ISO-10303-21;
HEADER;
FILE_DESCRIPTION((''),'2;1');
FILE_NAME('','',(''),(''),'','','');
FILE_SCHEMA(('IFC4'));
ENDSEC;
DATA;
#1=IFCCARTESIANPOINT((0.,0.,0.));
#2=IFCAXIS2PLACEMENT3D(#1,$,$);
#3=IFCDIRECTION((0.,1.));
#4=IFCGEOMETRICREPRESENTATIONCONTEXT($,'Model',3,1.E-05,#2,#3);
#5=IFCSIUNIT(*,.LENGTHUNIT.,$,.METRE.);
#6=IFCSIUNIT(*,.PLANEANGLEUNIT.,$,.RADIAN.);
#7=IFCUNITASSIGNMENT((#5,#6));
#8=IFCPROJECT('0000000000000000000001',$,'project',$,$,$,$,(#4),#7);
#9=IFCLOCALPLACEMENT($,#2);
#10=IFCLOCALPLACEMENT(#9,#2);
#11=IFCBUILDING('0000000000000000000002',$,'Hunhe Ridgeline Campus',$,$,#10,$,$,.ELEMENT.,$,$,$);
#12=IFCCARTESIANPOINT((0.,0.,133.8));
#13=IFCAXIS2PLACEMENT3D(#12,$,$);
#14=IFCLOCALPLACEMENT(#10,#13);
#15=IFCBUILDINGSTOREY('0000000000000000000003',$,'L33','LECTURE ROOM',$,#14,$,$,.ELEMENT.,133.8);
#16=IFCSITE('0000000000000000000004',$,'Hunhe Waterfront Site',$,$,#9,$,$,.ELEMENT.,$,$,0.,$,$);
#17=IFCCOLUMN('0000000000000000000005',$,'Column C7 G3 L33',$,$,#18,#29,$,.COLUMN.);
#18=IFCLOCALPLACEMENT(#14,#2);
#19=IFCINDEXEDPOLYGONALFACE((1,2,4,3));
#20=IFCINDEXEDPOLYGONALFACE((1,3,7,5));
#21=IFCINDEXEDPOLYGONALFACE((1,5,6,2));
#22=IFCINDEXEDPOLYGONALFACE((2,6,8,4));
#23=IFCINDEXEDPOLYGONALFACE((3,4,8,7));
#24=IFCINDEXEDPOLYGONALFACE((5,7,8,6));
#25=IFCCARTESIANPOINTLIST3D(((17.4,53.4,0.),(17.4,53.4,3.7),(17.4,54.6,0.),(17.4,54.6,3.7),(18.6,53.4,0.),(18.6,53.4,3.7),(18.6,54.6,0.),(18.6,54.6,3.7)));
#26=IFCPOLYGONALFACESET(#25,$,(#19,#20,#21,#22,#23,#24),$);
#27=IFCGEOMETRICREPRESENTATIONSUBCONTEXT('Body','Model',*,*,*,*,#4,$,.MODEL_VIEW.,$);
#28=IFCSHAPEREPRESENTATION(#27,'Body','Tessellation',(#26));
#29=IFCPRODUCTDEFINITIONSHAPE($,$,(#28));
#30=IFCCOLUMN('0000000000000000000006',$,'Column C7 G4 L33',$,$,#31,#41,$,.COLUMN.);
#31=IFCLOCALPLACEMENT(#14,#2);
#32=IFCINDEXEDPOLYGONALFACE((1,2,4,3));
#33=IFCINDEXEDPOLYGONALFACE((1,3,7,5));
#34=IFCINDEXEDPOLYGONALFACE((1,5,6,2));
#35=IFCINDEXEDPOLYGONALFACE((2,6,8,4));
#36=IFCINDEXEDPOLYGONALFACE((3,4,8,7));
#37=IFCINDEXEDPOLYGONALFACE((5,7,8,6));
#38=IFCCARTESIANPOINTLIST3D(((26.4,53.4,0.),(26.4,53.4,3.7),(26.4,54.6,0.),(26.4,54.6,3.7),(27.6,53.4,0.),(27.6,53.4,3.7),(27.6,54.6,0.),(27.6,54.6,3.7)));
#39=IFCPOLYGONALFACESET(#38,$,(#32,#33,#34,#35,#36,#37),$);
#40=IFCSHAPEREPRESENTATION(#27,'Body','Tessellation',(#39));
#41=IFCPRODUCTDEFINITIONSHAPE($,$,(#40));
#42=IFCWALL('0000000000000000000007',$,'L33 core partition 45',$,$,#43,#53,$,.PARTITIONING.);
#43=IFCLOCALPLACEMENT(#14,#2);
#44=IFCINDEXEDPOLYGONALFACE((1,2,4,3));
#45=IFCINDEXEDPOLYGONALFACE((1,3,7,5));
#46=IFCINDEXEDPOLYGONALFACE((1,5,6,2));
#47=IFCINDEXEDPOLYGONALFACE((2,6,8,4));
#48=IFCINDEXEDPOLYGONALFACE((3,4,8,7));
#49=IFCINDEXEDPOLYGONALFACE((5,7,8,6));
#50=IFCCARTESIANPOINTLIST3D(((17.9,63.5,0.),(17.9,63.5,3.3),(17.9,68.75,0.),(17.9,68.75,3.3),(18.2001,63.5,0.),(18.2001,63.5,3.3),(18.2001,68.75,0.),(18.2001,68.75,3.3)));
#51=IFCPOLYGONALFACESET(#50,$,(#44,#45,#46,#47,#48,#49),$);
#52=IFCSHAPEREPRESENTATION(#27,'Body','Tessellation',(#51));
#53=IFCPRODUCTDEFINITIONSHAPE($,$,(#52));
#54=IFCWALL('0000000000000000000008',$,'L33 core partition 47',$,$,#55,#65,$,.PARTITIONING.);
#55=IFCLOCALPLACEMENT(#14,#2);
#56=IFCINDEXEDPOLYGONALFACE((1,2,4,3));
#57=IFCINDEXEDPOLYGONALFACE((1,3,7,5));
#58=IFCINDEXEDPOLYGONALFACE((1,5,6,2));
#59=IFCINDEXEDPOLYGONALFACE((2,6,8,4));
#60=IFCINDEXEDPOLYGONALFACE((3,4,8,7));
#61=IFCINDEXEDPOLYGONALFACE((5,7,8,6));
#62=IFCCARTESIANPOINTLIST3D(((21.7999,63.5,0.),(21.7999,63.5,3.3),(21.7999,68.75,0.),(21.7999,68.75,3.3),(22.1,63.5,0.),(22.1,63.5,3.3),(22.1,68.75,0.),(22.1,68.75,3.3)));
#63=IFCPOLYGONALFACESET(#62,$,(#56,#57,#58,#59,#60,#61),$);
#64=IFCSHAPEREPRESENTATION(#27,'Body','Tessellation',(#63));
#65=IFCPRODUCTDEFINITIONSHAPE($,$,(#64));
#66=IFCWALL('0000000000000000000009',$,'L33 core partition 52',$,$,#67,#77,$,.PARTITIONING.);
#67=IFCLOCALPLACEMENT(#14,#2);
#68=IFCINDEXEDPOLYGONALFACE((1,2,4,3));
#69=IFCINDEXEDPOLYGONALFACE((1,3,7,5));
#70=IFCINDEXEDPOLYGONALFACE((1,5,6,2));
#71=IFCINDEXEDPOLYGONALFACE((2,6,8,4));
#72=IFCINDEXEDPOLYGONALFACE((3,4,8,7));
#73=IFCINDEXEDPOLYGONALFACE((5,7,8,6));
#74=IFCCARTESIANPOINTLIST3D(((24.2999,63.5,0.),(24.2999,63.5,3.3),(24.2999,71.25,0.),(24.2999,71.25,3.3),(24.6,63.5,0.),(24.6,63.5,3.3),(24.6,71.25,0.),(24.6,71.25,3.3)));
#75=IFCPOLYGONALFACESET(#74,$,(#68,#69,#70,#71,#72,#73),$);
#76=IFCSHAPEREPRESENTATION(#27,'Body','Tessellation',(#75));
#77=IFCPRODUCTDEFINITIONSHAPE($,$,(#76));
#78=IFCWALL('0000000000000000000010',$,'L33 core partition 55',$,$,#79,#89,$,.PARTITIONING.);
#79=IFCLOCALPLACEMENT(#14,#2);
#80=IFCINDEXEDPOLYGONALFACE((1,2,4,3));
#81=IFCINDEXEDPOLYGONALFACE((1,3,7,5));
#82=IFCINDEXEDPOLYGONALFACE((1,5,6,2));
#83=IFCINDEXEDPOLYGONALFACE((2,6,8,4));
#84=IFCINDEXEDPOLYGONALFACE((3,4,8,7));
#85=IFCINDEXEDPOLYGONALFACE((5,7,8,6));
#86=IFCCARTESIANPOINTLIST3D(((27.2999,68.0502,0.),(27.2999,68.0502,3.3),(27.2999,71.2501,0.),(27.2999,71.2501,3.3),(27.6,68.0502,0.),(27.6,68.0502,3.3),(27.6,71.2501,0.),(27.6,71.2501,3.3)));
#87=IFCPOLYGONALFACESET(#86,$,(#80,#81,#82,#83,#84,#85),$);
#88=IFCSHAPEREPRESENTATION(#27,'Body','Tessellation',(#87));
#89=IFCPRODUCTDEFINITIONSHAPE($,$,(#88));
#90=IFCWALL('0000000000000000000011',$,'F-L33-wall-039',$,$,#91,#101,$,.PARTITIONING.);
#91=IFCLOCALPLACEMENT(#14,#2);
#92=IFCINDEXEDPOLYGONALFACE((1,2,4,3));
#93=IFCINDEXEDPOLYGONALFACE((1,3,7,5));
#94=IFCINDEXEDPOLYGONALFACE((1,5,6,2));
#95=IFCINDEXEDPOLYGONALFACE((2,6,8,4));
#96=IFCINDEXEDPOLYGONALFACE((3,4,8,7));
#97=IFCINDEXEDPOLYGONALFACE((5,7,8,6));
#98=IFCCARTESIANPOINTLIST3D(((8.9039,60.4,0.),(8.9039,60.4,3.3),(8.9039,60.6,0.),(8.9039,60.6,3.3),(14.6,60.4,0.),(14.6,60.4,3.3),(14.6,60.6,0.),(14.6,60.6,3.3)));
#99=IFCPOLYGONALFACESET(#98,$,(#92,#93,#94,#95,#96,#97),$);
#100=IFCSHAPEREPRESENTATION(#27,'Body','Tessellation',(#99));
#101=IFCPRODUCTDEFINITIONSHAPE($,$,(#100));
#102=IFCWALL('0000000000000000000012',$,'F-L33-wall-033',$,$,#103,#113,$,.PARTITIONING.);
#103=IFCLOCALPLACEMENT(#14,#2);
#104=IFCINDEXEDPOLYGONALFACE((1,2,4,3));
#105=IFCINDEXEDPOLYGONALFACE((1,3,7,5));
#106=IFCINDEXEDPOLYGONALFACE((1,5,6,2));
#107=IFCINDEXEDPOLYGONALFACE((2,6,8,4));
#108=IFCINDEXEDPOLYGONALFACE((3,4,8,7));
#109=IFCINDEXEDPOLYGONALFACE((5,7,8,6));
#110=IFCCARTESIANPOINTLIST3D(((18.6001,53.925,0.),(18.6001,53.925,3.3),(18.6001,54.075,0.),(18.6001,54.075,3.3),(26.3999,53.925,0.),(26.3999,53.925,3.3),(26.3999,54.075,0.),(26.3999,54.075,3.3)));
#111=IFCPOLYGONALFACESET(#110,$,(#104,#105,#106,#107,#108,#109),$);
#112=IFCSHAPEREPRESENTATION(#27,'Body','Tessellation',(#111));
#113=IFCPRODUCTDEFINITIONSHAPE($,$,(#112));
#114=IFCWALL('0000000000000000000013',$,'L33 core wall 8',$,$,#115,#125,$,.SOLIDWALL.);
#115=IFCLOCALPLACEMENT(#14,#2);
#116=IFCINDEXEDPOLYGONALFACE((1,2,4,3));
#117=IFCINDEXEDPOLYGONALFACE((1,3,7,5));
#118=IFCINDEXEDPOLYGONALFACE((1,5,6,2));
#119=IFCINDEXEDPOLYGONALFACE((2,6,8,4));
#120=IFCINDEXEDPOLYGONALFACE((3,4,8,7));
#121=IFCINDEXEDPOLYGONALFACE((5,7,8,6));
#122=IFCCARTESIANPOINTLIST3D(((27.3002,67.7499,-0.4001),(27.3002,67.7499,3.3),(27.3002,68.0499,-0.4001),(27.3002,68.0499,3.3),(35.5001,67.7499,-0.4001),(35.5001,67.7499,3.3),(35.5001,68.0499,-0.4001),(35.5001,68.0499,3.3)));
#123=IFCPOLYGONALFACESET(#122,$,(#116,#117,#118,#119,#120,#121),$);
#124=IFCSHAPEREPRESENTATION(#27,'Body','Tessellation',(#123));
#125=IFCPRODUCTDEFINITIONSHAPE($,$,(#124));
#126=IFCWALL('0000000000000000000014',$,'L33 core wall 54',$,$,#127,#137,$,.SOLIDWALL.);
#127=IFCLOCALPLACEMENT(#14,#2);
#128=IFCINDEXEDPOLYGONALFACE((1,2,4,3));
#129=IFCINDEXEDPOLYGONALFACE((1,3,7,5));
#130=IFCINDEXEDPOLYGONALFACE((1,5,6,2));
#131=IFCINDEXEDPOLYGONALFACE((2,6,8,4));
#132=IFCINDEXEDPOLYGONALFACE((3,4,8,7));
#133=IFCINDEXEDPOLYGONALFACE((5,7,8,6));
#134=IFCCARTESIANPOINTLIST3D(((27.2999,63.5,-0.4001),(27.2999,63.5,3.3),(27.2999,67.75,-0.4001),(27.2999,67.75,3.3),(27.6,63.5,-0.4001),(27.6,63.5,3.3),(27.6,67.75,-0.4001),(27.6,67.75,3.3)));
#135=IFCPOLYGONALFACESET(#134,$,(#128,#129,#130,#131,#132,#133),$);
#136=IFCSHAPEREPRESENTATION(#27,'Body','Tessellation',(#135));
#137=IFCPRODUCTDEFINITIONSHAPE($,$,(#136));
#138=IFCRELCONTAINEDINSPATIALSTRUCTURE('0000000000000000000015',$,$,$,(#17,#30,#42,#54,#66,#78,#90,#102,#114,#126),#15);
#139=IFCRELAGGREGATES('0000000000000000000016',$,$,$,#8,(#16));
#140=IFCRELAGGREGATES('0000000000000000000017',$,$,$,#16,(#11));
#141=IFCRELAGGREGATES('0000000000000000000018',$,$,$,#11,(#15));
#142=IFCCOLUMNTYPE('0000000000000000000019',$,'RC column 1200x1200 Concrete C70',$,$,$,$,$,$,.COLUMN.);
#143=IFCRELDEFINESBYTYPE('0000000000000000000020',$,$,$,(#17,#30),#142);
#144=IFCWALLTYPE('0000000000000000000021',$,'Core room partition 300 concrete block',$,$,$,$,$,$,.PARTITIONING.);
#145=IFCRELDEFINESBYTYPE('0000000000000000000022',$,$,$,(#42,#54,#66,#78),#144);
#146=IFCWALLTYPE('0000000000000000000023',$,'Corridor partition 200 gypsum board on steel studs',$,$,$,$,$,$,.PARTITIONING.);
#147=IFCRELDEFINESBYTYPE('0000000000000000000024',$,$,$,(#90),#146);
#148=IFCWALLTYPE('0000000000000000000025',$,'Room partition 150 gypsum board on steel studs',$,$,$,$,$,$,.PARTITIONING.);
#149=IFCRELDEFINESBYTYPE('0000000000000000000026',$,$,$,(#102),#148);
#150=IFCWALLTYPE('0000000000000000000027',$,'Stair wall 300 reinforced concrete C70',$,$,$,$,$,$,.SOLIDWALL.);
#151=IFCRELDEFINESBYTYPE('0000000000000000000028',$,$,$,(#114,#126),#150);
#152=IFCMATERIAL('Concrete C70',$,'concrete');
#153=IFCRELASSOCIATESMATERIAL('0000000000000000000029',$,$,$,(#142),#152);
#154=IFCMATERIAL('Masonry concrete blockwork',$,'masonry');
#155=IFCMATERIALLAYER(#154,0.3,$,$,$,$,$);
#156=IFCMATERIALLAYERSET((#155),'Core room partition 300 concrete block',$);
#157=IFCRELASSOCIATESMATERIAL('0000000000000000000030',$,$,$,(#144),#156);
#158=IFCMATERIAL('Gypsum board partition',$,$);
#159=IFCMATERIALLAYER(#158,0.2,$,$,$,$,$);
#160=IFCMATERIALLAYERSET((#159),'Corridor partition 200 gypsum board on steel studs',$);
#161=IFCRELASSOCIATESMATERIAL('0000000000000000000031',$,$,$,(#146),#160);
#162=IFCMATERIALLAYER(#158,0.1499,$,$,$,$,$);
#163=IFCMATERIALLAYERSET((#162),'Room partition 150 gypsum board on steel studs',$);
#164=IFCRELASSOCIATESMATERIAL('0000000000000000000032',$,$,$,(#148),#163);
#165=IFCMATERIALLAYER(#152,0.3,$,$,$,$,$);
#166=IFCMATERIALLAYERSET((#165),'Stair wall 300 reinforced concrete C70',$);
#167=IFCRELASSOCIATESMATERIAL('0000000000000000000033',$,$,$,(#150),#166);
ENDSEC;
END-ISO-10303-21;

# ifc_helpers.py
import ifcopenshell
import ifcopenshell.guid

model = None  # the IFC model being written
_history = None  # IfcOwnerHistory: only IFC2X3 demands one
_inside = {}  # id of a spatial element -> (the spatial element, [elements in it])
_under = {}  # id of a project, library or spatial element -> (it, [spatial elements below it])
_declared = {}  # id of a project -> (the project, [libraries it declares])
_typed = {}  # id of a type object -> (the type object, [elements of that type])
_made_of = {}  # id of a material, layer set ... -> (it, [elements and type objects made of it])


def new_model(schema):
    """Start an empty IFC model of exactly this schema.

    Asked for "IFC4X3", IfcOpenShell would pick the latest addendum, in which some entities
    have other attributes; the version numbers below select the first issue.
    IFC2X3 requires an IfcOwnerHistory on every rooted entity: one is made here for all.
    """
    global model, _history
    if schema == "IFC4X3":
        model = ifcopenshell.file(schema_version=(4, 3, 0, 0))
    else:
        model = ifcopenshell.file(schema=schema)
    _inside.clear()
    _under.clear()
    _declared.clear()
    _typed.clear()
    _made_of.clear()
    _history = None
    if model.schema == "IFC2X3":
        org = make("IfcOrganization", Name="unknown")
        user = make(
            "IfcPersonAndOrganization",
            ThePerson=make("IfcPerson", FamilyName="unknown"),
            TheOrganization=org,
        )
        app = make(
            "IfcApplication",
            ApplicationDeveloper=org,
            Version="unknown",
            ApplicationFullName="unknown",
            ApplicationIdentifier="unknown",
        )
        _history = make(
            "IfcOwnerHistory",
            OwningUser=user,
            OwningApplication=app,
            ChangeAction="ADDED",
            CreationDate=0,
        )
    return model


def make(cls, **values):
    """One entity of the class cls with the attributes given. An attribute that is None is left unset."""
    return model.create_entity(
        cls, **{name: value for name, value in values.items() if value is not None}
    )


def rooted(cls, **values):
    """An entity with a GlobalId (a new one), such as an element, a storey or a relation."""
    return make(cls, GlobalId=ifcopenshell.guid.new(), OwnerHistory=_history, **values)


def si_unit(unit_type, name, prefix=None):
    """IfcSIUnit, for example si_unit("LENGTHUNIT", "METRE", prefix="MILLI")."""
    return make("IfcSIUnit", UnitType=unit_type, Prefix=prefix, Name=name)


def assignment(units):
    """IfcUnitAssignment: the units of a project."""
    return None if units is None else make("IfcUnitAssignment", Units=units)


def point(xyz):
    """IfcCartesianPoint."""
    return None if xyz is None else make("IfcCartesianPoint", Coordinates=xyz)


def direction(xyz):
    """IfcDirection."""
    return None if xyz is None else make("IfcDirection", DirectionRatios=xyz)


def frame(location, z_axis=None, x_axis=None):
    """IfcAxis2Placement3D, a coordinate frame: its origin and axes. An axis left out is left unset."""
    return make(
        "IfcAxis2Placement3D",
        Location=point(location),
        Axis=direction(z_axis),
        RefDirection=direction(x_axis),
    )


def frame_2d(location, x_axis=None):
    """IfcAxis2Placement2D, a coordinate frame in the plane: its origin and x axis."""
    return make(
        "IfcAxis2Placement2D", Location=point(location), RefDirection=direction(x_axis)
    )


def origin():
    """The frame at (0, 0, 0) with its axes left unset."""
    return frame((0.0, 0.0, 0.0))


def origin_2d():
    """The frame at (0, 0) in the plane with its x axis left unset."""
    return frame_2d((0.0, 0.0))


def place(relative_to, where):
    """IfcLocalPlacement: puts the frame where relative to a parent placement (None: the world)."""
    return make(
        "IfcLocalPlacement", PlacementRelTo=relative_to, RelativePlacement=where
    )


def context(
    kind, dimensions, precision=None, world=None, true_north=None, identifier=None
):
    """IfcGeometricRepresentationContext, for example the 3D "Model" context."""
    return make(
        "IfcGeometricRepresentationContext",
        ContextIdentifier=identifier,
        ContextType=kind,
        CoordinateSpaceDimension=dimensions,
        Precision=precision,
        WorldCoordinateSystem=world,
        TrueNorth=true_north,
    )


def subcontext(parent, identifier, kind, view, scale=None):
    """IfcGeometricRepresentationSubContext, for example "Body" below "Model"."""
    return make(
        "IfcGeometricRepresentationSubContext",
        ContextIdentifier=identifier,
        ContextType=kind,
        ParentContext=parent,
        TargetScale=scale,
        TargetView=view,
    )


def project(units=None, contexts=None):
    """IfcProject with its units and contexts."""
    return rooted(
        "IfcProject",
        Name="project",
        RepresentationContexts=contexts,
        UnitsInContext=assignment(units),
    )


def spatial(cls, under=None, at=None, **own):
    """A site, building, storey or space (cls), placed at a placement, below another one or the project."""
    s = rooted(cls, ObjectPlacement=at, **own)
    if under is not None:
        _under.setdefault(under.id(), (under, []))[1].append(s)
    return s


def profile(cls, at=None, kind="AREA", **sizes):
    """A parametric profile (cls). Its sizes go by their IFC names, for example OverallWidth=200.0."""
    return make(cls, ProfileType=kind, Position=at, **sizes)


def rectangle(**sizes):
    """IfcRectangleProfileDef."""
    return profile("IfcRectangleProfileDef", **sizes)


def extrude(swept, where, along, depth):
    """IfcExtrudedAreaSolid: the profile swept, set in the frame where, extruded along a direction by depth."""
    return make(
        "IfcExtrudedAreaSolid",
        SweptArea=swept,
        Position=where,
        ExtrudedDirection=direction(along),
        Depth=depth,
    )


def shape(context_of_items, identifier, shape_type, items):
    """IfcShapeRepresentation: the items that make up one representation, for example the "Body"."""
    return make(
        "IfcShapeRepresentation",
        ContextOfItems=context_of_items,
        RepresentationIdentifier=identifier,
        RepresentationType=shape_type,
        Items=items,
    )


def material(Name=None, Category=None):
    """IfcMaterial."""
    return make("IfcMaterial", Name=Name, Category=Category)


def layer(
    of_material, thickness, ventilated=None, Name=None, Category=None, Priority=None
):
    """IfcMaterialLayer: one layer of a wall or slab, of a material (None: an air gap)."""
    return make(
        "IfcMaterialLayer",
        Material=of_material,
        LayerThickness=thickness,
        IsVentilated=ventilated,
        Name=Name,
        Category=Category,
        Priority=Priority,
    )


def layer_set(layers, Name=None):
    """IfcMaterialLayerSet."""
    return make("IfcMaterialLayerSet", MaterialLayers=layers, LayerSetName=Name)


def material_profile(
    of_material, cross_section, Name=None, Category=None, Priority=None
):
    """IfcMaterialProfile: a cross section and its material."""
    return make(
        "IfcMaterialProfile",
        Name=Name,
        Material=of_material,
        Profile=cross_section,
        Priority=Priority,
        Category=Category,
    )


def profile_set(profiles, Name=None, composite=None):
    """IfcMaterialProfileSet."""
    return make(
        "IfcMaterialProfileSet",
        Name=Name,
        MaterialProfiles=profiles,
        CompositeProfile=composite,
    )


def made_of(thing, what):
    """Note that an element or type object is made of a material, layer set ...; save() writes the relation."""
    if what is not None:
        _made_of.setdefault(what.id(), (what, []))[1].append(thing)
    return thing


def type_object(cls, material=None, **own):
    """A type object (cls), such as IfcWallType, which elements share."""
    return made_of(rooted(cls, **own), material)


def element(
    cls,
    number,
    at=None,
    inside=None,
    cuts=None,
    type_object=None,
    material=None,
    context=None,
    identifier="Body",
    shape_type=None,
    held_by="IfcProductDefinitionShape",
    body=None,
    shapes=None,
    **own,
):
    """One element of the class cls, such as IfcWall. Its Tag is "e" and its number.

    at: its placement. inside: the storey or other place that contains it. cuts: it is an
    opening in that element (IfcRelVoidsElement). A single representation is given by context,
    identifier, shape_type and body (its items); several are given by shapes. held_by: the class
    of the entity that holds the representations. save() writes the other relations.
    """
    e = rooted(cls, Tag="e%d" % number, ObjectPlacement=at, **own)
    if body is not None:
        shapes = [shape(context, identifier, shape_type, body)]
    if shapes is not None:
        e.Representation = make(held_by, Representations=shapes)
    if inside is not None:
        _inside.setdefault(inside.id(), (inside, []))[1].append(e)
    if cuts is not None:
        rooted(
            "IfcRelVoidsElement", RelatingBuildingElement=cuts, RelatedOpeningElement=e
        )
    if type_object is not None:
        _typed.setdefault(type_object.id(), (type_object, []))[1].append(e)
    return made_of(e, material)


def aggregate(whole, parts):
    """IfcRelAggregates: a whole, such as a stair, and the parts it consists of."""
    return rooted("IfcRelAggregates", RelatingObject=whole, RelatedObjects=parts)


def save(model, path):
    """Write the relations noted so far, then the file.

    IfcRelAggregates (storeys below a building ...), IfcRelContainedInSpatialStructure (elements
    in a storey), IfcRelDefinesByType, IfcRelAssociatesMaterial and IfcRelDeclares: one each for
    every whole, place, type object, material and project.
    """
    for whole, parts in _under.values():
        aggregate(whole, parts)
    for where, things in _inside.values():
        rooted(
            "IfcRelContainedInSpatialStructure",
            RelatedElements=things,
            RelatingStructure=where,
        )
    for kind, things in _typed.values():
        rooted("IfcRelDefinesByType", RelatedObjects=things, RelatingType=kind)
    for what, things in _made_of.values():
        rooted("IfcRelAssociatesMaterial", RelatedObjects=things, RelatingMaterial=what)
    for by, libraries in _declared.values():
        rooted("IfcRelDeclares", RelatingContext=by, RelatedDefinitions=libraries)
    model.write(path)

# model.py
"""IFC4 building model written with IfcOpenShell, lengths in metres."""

from ifc_helpers import new_model, si_unit, direction, frame, frame_2d, origin, origin_2d, place, context, subcontext, project, spatial, rectangle, extrude, material, layer, layer_set, material_profile, profile_set, type_object, element, save


model = new_model("IFC4")

# Units and contexts
model_context = context("Model", 3, precision=1e-05, world=origin(), true_north=direction((0.0, 1.0)))
body_context = subcontext(model_context, "Body", "Model", "MODEL_VIEW")
ifc_project = project(units=[si_unit("LENGTHUNIT", "METRE"), si_unit("PLANEANGLEUNIT", "RADIAN")], contexts=[model_context])

# Site, building, storey
site_placement = place(None, origin())
site = spatial("IfcSite", under=ifc_project, at=site_placement, Name="Hunhe Waterfront Site", CompositionType="ELEMENT", RefElevation=0.0)
building_placement = place(site_placement, origin())
building = spatial("IfcBuilding", under=site, at=building_placement, Name="Hunhe Ridgeline Campus", CompositionType="ELEMENT")
storey_placement = place(building_placement, frame((0.0, 0.0, 133.8)))
storey = spatial("IfcBuildingStorey", under=building, at=storey_placement, Name="L33", Description="LECTURE ROOM", CompositionType="ELEMENT", Elevation=133.8)

# Columns
ifc_material_1 = material(Name="Concrete C70", Category="concrete")
ifc_material_profile = material_profile(ifc_material_1, rectangle(XDim=1.2, YDim=1.2, at=origin_2d()))
ifc_profile_set = profile_set([ifc_material_profile], Name="Concrete C70")
column_type = type_object("IfcColumnType", Name="RC column 1200x1200 Concrete C70", PredefinedType="COLUMN", material=ifc_profile_set)
for number, where, z_axis, x_axis, name in (
    (1, (18.0, 54.0, 0.0), (0.0, 0.0, 1.0), (1.0, 0.0, 0.0), "Column C7 G3 L33"),
    (2, (27.0, 54.0, 0.0), (0.0, 0.0, 1.0), (1.0, 0.0, 0.0), "Column C7 G4 L33"),
):
    element("IfcColumn", number, at=place(storey_placement, frame(where, z_axis=z_axis, x_axis=x_axis)), inside=storey, type_object=column_type, Name=name, PredefinedType="COLUMN", context=body_context, shape_type="SweptSolid", body=[
        extrude(rectangle(XDim=1.2, YDim=1.2, at=origin_2d()), origin(), (0.0, 0.0, 1.0), 3.7),
    ])

# Walls
ifc_material_2 = material(Name="Masonry concrete blockwork", Category="masonry")
ifc_layer_1 = layer(ifc_material_2, 0.3)
ifc_layer_set_1 = layer_set([ifc_layer_1], Name="Core room partition 300 concrete block")
wall_type_1 = type_object("IfcWallType", Name="Core room partition 300 concrete block", PredefinedType="PARTITIONING", material=ifc_layer_set_1)
for number, where, z_axis, x_axis, name in (
    (3, (18.05, 63.5, 0.0), (0.0, 0.0, 1.0), (0.0, 1.0, 0.0), "L33 core partition 45"),
    (4, (21.95, 63.5, 0.0), (0.0, 0.0, 1.0), (0.0, 1.0, 0.0), "L33 core partition 47"),
):
    element("IfcWall", number, at=place(storey_placement, frame(where, z_axis=z_axis, x_axis=x_axis)), inside=storey, type_object=wall_type_1, Name=name, PredefinedType="PARTITIONING", context=body_context, shape_type="SweptSolid", body=[
        extrude(rectangle(XDim=5.25, YDim=0.3, at=frame_2d((2.625, 0.0))), origin(), (0.0, 0.0, 1.0), 3.3),
    ])
wall_1_placement = place(storey_placement, frame((24.45, 63.5, 0.0), z_axis=(0.0, 0.0, 1.0), x_axis=(0.0, 1.0, 0.0)))
element("IfcWall", 5, at=wall_1_placement, inside=storey, type_object=wall_type_1, Name="L33 core partition 52", PredefinedType="PARTITIONING", context=body_context, shape_type="SweptSolid", body=[
    extrude(rectangle(XDim=7.75, YDim=0.3, at=frame_2d((3.875, 0.0))), origin(), (0.0, 0.0, 1.0), 3.3),
])
wall_2_placement = place(storey_placement, frame((27.45, 68.05, 0.0), z_axis=(0.0, 0.0, 1.0), x_axis=(0.0, 1.0, 0.0)))
element("IfcWall", 6, at=wall_2_placement, inside=storey, type_object=wall_type_1, Name="L33 core partition 55", PredefinedType="PARTITIONING", context=body_context, shape_type="SweptSolid", body=[
    extrude(rectangle(XDim=3.2, YDim=0.3, at=frame_2d((1.6001, 0.0))), origin(), (0.0, 0.0, 1.0), 3.3),
])
ifc_material_3 = material(Name="Gypsum board partition")
ifc_layer_2 = layer(ifc_material_3, 0.2)
ifc_layer_set_2 = layer_set([ifc_layer_2], Name="Corridor partition 200 gypsum board on steel studs")
wall_type_2 = type_object("IfcWallType", Name="Corridor partition 200 gypsum board on steel studs", PredefinedType="PARTITIONING", material=ifc_layer_set_2)
wall_3_placement = place(storey_placement, frame((14.6001, 60.5, 0.0), z_axis=(0.0, 0.0, 1.0), x_axis=(-1.0, 0.0, 0.0)))
element("IfcWall", 7, at=wall_3_placement, inside=storey, type_object=wall_type_2, Name="F-L33-wall-039", PredefinedType="PARTITIONING", context=body_context, shape_type="SweptSolid", body=[
    extrude(rectangle(XDim=5.696, YDim=0.2, at=frame_2d((2.8481, 0.0))), origin(), (0.0, 0.0, 1.0), 3.3),
])

# Walls
ifc_layer_3 = layer(ifc_material_3, 0.1499)
ifc_layer_set_3 = layer_set([ifc_layer_3], Name="Room partition 150 gypsum board on steel studs")
wall_type_3 = type_object("IfcWallType", Name="Room partition 150 gypsum board on steel studs", PredefinedType="PARTITIONING", material=ifc_layer_set_3)
wall_4_placement = place(storey_placement, frame((18.6001, 54.0, 0.0), z_axis=(0.0, 0.0, 1.0), x_axis=(1.0, 0.0, 0.0)))
element("IfcWall", 8, at=wall_4_placement, inside=storey, type_object=wall_type_3, Name="F-L33-wall-033", PredefinedType="PARTITIONING", context=body_context, shape_type="SweptSolid", body=[
    extrude(rectangle(XDim=7.7998, YDim=0.1499, at=frame_2d((3.8999, 0.0))), origin(), (0.0, 0.0, 1.0), 3.3),
])
ifc_layer_4 = layer(ifc_material_1, 0.3)
ifc_layer_set_4 = layer_set([ifc_layer_4], Name="Stair wall 300 reinforced concrete C70")
wall_type_4 = type_object("IfcWallType", Name="Stair wall 300 reinforced concrete C70", PredefinedType="SOLIDWALL", material=ifc_layer_set_4)
wall_5_placement = place(storey_placement, frame((27.3, 67.8999, -0.4001), z_axis=(0.0, 0.0, 1.0), x_axis=(1.0, 0.0, 0.0)))
element("IfcWall", 9, at=wall_5_placement, inside=storey, type_object=wall_type_4, Name="L33 core wall 8", PredefinedType="SOLIDWALL", context=body_context, shape_type="SweptSolid", body=[
    extrude(rectangle(XDim=8.2, YDim=0.3, at=frame_2d((4.1001, 0.0))), origin(), (0.0, 0.0, 1.0), 3.7002),
])
wall_6_placement = place(storey_placement, frame((27.45, 63.5, -0.4001), z_axis=(0.0, 0.0, 1.0), x_axis=(0.0, 1.0, 0.0)))
element("IfcWall", 10, at=wall_6_placement, inside=storey, type_object=wall_type_4, Name="L33 core wall 54", PredefinedType="SOLIDWALL", context=body_context, shape_type="SweptSolid", body=[
    extrude(rectangle(XDim=4.25, YDim=0.3, at=frame_2d((2.125, 0.0))), origin(), (0.0, 0.0, 1.0), 3.7002),
])

save(model, "model.ifc")
